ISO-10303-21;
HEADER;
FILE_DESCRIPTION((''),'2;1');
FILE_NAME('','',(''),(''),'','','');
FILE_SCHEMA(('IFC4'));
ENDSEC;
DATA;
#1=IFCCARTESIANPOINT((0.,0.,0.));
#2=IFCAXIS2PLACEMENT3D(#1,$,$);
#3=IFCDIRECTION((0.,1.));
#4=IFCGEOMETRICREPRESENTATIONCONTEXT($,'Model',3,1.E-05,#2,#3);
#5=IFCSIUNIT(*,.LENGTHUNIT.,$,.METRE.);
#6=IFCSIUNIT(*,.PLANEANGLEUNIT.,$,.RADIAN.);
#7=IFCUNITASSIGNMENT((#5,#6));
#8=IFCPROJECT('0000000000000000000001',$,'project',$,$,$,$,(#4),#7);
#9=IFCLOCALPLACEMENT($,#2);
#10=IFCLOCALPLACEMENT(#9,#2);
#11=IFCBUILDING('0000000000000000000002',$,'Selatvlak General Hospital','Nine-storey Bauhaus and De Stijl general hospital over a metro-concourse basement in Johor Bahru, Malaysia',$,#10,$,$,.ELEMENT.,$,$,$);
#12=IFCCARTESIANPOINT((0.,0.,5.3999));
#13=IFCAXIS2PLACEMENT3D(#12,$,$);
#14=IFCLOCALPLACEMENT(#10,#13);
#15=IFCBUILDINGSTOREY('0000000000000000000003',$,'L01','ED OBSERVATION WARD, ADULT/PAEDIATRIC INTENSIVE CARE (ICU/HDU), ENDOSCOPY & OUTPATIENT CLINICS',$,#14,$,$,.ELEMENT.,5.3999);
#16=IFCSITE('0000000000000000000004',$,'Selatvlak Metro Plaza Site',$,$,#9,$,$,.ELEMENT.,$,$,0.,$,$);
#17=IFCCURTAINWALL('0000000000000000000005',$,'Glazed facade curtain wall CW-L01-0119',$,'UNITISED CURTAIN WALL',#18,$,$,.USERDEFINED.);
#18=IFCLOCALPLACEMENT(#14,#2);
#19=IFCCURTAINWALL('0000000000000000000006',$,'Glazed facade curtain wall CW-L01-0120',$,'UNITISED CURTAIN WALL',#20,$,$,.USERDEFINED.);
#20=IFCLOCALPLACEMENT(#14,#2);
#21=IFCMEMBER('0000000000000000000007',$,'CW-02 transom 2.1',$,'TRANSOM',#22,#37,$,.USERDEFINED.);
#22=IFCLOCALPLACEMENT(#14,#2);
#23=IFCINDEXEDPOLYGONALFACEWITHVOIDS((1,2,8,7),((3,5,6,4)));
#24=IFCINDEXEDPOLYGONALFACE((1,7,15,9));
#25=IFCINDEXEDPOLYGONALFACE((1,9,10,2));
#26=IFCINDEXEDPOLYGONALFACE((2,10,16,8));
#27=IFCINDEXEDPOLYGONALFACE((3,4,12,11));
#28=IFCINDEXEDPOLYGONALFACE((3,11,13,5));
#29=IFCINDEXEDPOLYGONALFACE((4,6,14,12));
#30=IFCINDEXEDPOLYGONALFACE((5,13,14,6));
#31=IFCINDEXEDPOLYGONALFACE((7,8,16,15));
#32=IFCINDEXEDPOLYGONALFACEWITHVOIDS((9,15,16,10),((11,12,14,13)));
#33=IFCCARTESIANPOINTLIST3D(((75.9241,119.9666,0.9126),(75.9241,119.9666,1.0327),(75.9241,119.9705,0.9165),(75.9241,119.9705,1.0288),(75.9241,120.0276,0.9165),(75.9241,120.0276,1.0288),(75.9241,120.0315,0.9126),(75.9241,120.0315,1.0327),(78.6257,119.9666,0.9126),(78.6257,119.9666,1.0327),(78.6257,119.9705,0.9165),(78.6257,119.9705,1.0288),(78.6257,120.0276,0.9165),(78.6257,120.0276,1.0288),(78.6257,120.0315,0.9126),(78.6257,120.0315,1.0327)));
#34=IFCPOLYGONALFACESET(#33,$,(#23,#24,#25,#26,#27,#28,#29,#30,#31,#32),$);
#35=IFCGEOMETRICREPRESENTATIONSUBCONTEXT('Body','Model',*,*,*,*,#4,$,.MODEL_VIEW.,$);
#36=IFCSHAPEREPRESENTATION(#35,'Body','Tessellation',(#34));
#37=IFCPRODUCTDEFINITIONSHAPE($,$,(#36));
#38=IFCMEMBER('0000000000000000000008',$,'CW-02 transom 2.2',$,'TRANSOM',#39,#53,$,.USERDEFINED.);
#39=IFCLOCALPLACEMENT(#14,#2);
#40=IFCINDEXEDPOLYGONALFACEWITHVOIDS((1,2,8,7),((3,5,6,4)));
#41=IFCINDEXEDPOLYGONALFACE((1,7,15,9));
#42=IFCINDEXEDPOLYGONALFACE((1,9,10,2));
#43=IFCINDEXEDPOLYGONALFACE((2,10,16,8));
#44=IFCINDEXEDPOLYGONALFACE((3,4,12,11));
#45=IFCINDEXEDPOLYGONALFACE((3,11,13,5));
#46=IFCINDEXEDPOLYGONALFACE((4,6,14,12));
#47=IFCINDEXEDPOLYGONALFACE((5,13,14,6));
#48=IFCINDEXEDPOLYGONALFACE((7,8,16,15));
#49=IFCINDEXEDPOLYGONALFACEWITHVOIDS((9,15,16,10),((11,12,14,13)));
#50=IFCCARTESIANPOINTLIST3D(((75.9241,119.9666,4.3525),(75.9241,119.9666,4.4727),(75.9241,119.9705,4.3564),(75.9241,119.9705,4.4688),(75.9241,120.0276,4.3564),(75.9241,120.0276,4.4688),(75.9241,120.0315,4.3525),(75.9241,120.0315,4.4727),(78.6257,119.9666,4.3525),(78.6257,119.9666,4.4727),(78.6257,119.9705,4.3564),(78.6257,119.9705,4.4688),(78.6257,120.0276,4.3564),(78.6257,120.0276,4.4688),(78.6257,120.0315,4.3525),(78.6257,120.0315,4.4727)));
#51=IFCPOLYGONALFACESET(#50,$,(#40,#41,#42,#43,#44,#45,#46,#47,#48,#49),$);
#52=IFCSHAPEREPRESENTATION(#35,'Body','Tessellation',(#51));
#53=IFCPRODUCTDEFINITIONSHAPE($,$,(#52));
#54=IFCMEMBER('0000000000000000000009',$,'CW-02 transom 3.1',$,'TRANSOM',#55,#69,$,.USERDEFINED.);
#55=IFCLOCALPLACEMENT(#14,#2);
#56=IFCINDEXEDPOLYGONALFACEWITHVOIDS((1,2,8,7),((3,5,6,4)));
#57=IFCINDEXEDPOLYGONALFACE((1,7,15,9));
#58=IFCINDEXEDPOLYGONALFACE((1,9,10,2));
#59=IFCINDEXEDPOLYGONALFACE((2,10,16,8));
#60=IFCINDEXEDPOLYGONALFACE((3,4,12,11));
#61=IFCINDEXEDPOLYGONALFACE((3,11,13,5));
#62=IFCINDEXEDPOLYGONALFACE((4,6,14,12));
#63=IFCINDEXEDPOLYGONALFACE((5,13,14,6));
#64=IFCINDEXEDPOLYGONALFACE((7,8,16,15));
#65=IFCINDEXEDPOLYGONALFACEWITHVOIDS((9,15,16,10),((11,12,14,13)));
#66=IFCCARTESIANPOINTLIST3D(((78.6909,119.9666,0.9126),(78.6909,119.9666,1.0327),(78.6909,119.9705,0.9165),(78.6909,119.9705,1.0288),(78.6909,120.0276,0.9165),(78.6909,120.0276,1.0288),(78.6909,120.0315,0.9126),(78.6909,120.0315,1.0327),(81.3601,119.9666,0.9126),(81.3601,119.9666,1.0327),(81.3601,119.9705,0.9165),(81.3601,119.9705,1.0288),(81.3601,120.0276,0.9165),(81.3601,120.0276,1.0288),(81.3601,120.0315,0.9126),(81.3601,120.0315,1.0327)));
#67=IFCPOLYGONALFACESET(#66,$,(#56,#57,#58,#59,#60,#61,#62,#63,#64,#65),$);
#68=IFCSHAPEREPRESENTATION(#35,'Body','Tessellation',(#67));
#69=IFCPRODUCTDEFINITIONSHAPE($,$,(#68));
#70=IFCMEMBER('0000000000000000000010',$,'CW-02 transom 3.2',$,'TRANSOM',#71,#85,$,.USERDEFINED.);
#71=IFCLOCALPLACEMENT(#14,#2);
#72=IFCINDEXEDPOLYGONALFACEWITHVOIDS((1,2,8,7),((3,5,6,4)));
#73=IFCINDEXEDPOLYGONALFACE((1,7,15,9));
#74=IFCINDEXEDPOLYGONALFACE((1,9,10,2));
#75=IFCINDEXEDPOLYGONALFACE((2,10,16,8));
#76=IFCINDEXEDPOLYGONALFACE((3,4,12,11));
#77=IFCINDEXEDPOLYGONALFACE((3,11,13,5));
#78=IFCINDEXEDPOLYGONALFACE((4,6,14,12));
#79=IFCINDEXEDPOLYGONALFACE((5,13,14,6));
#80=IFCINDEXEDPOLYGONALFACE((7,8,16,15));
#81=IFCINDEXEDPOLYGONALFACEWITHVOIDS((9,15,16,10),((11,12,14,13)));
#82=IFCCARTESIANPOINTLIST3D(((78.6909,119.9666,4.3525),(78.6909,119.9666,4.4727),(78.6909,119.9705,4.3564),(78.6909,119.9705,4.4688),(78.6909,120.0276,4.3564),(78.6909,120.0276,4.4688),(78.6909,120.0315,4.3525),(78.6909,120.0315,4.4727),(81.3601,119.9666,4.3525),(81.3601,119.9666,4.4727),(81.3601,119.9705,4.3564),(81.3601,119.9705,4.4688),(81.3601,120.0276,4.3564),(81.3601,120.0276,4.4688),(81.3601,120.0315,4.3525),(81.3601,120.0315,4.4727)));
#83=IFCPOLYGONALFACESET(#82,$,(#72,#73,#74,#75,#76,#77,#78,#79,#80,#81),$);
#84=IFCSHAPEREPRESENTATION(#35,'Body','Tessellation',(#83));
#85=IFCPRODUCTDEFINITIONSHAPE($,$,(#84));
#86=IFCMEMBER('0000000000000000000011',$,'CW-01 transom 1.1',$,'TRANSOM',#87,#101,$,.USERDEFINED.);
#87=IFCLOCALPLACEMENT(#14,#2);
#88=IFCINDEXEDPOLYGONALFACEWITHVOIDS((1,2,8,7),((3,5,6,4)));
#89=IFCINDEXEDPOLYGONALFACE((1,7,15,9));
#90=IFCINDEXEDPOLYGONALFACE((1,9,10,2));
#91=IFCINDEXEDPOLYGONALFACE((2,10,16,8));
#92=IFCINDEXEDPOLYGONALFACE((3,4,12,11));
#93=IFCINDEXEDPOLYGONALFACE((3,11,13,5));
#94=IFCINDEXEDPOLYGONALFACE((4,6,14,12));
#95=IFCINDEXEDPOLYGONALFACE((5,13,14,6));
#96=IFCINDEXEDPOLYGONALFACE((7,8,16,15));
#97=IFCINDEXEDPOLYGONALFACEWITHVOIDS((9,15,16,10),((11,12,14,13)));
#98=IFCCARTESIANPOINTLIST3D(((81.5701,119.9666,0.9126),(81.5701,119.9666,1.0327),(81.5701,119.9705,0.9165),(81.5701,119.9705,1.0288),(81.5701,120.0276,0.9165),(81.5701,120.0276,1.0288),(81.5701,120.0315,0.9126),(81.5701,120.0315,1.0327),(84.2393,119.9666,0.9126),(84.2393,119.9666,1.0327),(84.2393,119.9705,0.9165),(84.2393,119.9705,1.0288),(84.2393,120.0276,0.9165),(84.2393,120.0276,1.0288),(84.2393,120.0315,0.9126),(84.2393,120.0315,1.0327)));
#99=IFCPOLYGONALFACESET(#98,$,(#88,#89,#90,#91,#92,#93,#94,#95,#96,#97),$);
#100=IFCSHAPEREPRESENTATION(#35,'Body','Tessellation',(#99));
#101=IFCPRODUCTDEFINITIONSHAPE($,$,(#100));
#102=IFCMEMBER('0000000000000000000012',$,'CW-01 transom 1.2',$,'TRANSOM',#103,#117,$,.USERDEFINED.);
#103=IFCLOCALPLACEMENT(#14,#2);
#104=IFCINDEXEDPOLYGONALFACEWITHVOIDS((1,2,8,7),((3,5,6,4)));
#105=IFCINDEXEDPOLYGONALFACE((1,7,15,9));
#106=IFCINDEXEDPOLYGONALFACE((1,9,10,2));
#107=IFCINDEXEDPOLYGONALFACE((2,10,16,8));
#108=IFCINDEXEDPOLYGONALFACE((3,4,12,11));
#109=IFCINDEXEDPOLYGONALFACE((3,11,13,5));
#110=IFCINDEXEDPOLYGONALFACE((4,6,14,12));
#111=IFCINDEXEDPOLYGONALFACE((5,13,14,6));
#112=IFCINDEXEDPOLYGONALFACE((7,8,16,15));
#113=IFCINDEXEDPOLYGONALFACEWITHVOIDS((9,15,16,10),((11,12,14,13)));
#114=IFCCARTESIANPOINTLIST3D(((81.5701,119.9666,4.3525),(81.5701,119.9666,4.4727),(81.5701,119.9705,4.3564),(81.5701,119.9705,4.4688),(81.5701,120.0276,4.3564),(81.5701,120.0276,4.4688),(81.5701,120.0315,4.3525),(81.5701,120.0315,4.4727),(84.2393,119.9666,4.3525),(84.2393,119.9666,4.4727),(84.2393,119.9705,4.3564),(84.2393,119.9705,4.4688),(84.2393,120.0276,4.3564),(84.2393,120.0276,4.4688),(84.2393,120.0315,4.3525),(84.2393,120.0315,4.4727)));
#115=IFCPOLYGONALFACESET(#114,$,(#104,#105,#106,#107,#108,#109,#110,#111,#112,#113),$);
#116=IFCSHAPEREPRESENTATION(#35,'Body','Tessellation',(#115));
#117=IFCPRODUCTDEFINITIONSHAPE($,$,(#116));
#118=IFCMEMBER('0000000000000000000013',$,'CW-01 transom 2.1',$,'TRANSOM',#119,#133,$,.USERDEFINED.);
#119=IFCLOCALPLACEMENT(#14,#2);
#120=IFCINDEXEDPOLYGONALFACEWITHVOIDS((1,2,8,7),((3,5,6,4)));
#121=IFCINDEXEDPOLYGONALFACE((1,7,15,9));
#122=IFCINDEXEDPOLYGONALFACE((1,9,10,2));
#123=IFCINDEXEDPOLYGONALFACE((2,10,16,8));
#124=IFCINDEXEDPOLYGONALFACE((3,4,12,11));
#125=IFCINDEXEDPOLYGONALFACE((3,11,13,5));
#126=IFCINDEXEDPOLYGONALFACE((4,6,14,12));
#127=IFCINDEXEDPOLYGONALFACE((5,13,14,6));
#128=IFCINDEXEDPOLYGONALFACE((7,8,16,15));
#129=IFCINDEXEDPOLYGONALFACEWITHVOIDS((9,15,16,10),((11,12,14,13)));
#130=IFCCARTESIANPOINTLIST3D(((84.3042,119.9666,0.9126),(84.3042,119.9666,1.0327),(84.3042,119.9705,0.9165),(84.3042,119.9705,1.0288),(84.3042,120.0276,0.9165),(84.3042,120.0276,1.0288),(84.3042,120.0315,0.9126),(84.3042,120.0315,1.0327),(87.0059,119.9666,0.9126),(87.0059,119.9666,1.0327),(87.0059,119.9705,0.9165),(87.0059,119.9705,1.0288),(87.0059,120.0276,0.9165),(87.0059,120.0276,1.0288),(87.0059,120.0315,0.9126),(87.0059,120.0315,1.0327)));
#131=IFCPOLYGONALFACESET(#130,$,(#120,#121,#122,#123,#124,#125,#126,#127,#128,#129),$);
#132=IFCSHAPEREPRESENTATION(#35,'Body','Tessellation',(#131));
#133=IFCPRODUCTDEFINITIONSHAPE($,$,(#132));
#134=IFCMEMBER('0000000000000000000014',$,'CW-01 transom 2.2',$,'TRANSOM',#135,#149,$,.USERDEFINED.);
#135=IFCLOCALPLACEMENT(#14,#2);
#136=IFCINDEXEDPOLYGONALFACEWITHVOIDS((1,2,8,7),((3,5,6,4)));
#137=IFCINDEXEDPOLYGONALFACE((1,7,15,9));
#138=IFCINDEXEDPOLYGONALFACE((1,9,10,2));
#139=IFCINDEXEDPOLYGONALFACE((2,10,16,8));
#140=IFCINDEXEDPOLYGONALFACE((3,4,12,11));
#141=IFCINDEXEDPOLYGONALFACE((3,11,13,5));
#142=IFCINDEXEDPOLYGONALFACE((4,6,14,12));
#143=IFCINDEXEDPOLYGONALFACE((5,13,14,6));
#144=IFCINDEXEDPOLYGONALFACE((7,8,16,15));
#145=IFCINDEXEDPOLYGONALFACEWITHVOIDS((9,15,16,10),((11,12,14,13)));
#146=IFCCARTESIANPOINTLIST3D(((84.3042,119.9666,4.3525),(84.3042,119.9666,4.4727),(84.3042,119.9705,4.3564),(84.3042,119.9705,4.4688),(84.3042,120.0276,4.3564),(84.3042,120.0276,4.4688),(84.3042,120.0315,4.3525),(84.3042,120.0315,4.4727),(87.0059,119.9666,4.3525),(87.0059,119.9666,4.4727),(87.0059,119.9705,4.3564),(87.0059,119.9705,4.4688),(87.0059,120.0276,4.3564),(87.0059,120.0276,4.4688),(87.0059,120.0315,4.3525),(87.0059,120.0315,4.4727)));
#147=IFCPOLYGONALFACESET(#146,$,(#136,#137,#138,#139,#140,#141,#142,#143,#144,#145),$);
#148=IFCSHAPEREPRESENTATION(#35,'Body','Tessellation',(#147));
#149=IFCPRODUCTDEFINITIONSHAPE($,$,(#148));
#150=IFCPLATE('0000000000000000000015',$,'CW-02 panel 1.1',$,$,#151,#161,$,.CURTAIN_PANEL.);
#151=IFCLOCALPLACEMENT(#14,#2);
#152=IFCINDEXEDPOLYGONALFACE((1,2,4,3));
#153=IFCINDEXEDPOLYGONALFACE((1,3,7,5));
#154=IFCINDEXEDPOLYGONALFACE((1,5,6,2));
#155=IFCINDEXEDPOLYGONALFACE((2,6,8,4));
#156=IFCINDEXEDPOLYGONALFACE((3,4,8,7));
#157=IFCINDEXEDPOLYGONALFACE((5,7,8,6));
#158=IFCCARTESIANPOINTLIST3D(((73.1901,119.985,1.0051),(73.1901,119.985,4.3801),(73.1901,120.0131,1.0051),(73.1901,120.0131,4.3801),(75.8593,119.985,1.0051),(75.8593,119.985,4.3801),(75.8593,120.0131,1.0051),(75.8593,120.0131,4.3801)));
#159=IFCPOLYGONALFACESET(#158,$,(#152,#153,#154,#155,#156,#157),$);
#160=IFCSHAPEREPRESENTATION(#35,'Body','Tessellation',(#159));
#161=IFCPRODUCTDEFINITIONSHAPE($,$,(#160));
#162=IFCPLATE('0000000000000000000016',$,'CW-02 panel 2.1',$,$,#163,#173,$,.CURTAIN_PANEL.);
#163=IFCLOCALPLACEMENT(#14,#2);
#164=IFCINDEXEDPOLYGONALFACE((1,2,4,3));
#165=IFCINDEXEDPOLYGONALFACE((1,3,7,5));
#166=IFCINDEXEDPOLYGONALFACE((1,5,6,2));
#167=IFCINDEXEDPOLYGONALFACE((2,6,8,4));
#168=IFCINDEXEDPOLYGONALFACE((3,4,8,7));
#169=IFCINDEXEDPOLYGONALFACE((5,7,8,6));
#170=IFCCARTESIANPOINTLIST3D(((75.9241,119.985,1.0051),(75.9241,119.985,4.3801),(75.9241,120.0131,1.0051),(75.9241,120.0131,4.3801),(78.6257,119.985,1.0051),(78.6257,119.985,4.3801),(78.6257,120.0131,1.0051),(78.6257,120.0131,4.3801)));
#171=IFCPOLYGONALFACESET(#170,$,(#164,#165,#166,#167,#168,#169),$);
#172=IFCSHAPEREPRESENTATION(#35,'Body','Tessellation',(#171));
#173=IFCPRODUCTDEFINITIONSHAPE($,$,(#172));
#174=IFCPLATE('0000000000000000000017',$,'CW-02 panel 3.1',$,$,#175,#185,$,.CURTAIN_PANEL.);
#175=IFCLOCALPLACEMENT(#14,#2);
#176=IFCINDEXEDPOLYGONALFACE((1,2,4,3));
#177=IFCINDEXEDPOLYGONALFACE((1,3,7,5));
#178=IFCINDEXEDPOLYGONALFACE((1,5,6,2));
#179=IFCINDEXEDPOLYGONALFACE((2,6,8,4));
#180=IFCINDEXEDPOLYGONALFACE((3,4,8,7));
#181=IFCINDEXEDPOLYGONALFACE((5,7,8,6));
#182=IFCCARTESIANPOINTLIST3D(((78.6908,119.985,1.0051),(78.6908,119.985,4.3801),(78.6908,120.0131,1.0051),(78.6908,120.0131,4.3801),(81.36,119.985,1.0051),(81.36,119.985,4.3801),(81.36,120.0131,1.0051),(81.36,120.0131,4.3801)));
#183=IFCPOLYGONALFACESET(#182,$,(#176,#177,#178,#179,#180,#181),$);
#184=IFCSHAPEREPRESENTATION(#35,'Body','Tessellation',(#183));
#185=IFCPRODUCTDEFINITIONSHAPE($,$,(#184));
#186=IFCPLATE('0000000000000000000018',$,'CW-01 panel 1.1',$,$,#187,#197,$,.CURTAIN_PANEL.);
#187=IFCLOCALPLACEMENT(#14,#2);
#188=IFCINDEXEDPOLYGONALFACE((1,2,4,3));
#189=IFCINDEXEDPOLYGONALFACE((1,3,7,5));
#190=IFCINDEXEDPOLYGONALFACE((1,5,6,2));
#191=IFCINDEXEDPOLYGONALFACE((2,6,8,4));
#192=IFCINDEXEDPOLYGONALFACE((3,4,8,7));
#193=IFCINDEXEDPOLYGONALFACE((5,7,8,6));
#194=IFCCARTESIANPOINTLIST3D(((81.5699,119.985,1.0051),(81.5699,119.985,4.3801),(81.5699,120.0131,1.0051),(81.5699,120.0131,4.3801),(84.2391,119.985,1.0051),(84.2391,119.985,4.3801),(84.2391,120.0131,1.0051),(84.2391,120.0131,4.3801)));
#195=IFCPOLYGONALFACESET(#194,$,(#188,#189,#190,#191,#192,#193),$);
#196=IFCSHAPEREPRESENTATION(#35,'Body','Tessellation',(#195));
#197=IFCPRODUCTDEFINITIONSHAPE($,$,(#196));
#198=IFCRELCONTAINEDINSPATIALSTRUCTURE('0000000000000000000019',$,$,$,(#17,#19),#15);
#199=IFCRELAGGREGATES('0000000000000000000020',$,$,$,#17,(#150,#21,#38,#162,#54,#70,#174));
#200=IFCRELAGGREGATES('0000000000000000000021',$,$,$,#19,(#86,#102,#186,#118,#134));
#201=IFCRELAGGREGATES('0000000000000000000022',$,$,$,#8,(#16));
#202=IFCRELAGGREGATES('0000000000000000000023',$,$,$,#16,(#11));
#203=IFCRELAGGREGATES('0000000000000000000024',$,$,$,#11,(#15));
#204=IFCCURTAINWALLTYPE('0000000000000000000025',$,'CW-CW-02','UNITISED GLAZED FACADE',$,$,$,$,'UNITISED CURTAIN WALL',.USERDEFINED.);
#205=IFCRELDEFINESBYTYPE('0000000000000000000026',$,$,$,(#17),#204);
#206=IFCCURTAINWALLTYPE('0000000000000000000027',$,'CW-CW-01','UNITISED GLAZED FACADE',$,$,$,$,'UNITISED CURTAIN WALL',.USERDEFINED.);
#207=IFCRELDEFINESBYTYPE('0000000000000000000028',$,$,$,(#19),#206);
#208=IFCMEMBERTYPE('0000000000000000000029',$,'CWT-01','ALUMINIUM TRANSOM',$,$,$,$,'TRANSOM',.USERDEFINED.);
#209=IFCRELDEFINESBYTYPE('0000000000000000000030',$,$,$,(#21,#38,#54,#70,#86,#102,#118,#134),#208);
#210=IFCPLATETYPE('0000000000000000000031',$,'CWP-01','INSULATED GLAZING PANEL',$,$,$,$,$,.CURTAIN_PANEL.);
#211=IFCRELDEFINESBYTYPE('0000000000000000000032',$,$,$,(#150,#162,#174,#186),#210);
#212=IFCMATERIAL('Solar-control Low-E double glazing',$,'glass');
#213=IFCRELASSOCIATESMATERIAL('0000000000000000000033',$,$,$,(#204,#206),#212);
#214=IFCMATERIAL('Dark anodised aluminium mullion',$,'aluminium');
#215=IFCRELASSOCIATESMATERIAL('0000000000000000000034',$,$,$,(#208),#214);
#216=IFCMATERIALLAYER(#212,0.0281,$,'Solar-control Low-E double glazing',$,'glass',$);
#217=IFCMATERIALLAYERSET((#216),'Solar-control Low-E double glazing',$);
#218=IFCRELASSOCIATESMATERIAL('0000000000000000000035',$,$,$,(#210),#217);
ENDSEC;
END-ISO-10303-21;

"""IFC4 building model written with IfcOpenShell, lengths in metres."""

from ifc_helpers import new_model, si_unit, direction, frame, origin, origin_2d, place, context, subcontext, project, spatial, rectangle, hollow_rectangle, extrude, material, layer, layer_set, material_profile, profile_set, type_object, element, aggregate, save


model = new_model("IFC4")

# Units and contexts
model_context = context("Model", 3, precision=1e-05, world=origin(), true_north=direction((0.0, 1.0)))
body_context = subcontext(model_context, "Body", "Model", "MODEL_VIEW")
ifc_project = project(units=[si_unit("LENGTHUNIT", "METRE"), si_unit("PLANEANGLEUNIT", "RADIAN")], contexts=[model_context])

# Site, building, storey
site_placement = place(None, origin())
site = spatial("IfcSite", under=ifc_project, at=site_placement, Name="Selatvlak Metro Plaza Site", CompositionType="ELEMENT", RefElevation=0.0)
building_placement = place(site_placement, origin())
building = spatial("IfcBuilding", under=site, at=building_placement, Name="Selatvlak General Hospital", Description="Nine-storey Bauhaus and De Stijl general hospital over a metro-concourse basement in Johor Bahru, Malaysia", CompositionType="ELEMENT")
storey_placement = place(building_placement, frame((0.0, 0.0, 5.3999)))
storey = spatial("IfcBuildingStorey", under=building, at=storey_placement, Name="L01", Description="ED OBSERVATION WARD, ADULT/PAEDIATRIC INTENSIVE CARE (ICU/HDU), ENDOSCOPY & OUTPATIENT CLINICS", CompositionType="ELEMENT", Elevation=5.3999)

# Curtain walls
ifc_material_1 = material(Name="Solar-control Low-E double glazing", Category="glass")
curtain_wall_type_1 = type_object("IfcCurtainWallType", Name="CW-CW-02", Description="UNITISED GLAZED FACADE", ElementType="UNITISED CURTAIN WALL", PredefinedType="USERDEFINED", material=ifc_material_1)
curtain_wall_1_placement = place(storey_placement, origin())
curtain_wall_1 = element("IfcCurtainWall", 1, at=curtain_wall_1_placement, inside=storey, type_object=curtain_wall_type_1, Name="Glazed facade curtain wall CW-L01-0119", ObjectType="UNITISED CURTAIN WALL", PredefinedType="USERDEFINED")
ifc_material_2 = material(Name="Dark anodised aluminium mullion", Category="aluminium")
curtain_wall_type_2 = type_object("IfcCurtainWallType", Name="CW-CW-01", Description="UNITISED GLAZED FACADE", ElementType="UNITISED CURTAIN WALL", PredefinedType="USERDEFINED", material=ifc_material_1)
curtain_wall_2_placement = place(storey_placement, origin())
curtain_wall_2 = element("IfcCurtainWall", 2, at=curtain_wall_2_placement, inside=storey, type_object=curtain_wall_type_2, Name="Glazed facade curtain wall CW-L01-0120", ObjectType="UNITISED CURTAIN WALL", PredefinedType="USERDEFINED")

# Members
ifc_material_profile_1 = material_profile(ifc_material_2, hollow_rectangle(XDim=0.0649, YDim=0.1201, WallThickness=0.0039, at=origin_2d()), Name="AL-TRN 65x120x4")
ifc_profile_set_1 = profile_set([ifc_material_profile_1], Name="Dark anodised aluminium mullion")
member_type_1 = type_object("IfcMemberType", Name="CWT-01", Description="ALUMINIUM TRANSOM", ElementType="TRANSOM", PredefinedType="USERDEFINED", material=ifc_profile_set_1)
member_1_placement = place(storey_placement, frame((75.9241, 119.999, 0.9727), z_axis=(1.0, 0.0, 0.0), x_axis=(0.0, 1.0, 0.0)))
member_1 = element("IfcMember", 3, at=member_1_placement, type_object=member_type_1, Name="CW-02 transom 2.1", ObjectType="TRANSOM", PredefinedType="USERDEFINED", context=body_context, shape_type="SweptSolid", body=[
    extrude(hollow_rectangle(XDim=0.0649, YDim=0.1201, WallThickness=0.0039, at=origin_2d()), origin(), (0.0, 0.0, 1.0), 2.7017),
])
member_2_placement = place(storey_placement, frame((75.9241, 119.999, 4.4126), z_axis=(1.0, 0.0, 0.0), x_axis=(0.0, 1.0, 0.0)))
member_2 = element("IfcMember", 4, at=member_2_placement, type_object=member_type_1, Name="CW-02 transom 2.2", ObjectType="TRANSOM", PredefinedType="USERDEFINED", context=body_context, shape_type="SweptSolid", body=[
    extrude(hollow_rectangle(XDim=0.0649, YDim=0.1201, WallThickness=0.0039, at=origin_2d()), origin(), (0.0, 0.0, 1.0), 2.7017),
])
member_3_placement = place(storey_placement, frame((78.6909, 119.999, 0.9727), z_axis=(1.0, 0.0, 0.0), x_axis=(0.0, 1.0, 0.0)))
member_3 = element("IfcMember", 5, at=member_3_placement, type_object=member_type_1, Name="CW-02 transom 3.1", ObjectType="TRANSOM", PredefinedType="USERDEFINED", context=body_context, shape_type="SweptSolid", body=[
    extrude(hollow_rectangle(XDim=0.0649, YDim=0.1201, WallThickness=0.0039, at=origin_2d()), origin(), (0.0, 0.0, 1.0), 2.6692),
])
member_4_placement = place(storey_placement, frame((78.6909, 119.999, 4.4126), z_axis=(1.0, 0.0, 0.0), x_axis=(0.0, 1.0, 0.0)))
member_4 = element("IfcMember", 6, at=member_4_placement, type_object=member_type_1, Name="CW-02 transom 3.2", ObjectType="TRANSOM", PredefinedType="USERDEFINED", context=body_context, shape_type="SweptSolid", body=[
    extrude(hollow_rectangle(XDim=0.0649, YDim=0.1201, WallThickness=0.0039, at=origin_2d()), origin(), (0.0, 0.0, 1.0), 2.6692),
])
member_5_placement = place(storey_placement, frame((81.5701, 119.999, 0.9727), z_axis=(1.0, 0.0, 0.0), x_axis=(0.0, 1.0, 0.0)))
member_5 = element("IfcMember", 7, at=member_5_placement, type_object=member_type_1, Name="CW-01 transom 1.1", ObjectType="TRANSOM", PredefinedType="USERDEFINED", context=body_context, shape_type="SweptSolid", body=[
    extrude(hollow_rectangle(XDim=0.0649, YDim=0.1201, WallThickness=0.0039, at=origin_2d()), origin(), (0.0, 0.0, 1.0), 2.6692),
])
member_6_placement = place(storey_placement, frame((81.5701, 119.999, 4.4126), z_axis=(1.0, 0.0, 0.0), x_axis=(0.0, 1.0, 0.0)))
member_6 = element("IfcMember", 8, at=member_6_placement, type_object=member_type_1, Name="CW-01 transom 1.2", ObjectType="TRANSOM", PredefinedType="USERDEFINED", context=body_context, shape_type="SweptSolid", body=[
    extrude(hollow_rectangle(XDim=0.0649, YDim=0.1201, WallThickness=0.0039, at=origin_2d()), origin(), (0.0, 0.0, 1.0), 2.6692),
])
member_7_placement = place(storey_placement, frame((84.3042, 119.999, 0.9727), z_axis=(1.0, 0.0, 0.0), x_axis=(0.0, 1.0, 0.0)))
member_7 = element("IfcMember", 9, at=member_7_placement, type_object=member_type_1, Name="CW-01 transom 2.1", ObjectType="TRANSOM", PredefinedType="USERDEFINED", context=body_context, shape_type="SweptSolid", body=[
    extrude(hollow_rectangle(XDim=0.0649, YDim=0.1201, WallThickness=0.0039, at=origin_2d()), origin(), (0.0, 0.0, 1.0), 2.7017),
])
member_8_placement = place(storey_placement, frame((84.3042, 119.999, 4.4126), z_axis=(1.0, 0.0, 0.0), x_axis=(0.0, 1.0, 0.0)))
member_8 = element("IfcMember", 10, at=member_8_placement, type_object=member_type_1, Name="CW-01 transom 2.2", ObjectType="TRANSOM", PredefinedType="USERDEFINED", context=body_context, shape_type="SweptSolid", body=[
    extrude(hollow_rectangle(XDim=0.0649, YDim=0.1201, WallThickness=0.0039, at=origin_2d()), origin(), (0.0, 0.0, 1.0), 2.7017),
])

# Plates
ifc_layer_1 = layer(ifc_material_1, 0.0281, Name="Solar-control Low-E double glazing", Category="glass")
ifc_layer_set_1 = layer_set([ifc_layer_1], Name="Solar-control Low-E double glazing")
plate_type = type_object("IfcPlateType", Name="CWP-01", Description="INSULATED GLAZING PANEL", PredefinedType="CURTAIN_PANEL", material=ifc_layer_set_1)
plate_1_placement = place(storey_placement, frame((74.5247, 119.999, 1.0051), z_axis=(0.0, 0.0, 1.0), x_axis=(1.0, 0.0, 0.0)))
plate_1 = element("IfcPlate", 11, at=plate_1_placement, type_object=plate_type, Name="CW-02 panel 1.1", PredefinedType="CURTAIN_PANEL", context=body_context, shape_type="SweptSolid", body=[
    extrude(rectangle(XDim=2.6692, YDim=0.0281, at=origin_2d()), origin(), (0.0, 0.0, 1.0), 3.375),
])
plate_2_placement = place(storey_placement, frame((77.2749, 119.999, 1.0051), z_axis=(0.0, 0.0, 1.0), x_axis=(1.0, 0.0, 0.0)))
plate_2 = element("IfcPlate", 12, at=plate_2_placement, type_object=plate_type, Name="CW-02 panel 2.1", PredefinedType="CURTAIN_PANEL", context=body_context, shape_type="SweptSolid", body=[
    extrude(rectangle(XDim=2.7017, YDim=0.0281, at=origin_2d()), origin(), (0.0, 0.0, 1.0), 3.375),
])
plate_3_placement = place(storey_placement, frame((80.0254, 119.999, 1.0051), z_axis=(0.0, 0.0, 1.0), x_axis=(1.0, 0.0, 0.0)))
plate_3 = element("IfcPlate", 13, at=plate_3_placement, type_object=plate_type, Name="CW-02 panel 3.1", PredefinedType="CURTAIN_PANEL", context=body_context, shape_type="SweptSolid", body=[
    extrude(rectangle(XDim=2.6692, YDim=0.0281, at=origin_2d()), origin(), (0.0, 0.0, 1.0), 3.375),
])
aggregate(curtain_wall_1, [plate_1, member_1, member_2, plate_2, member_3, member_4, plate_3])
plate_4_placement = place(storey_placement, frame((82.9045, 119.999, 1.0051), z_axis=(0.0, 0.0, 1.0), x_axis=(1.0, 0.0, 0.0)))
plate_4 = element("IfcPlate", 14, at=plate_4_placement, type_object=plate_type, Name="CW-01 panel 1.1", PredefinedType="CURTAIN_PANEL", context=body_context, shape_type="SweptSolid", body=[
    extrude(rectangle(XDim=2.6692, YDim=0.0281, at=origin_2d()), origin(), (0.0, 0.0, 1.0), 3.375),
])
aggregate(curtain_wall_2, [member_5, member_6, plate_4, member_7, member_8])

save(model, "model.ifc")
